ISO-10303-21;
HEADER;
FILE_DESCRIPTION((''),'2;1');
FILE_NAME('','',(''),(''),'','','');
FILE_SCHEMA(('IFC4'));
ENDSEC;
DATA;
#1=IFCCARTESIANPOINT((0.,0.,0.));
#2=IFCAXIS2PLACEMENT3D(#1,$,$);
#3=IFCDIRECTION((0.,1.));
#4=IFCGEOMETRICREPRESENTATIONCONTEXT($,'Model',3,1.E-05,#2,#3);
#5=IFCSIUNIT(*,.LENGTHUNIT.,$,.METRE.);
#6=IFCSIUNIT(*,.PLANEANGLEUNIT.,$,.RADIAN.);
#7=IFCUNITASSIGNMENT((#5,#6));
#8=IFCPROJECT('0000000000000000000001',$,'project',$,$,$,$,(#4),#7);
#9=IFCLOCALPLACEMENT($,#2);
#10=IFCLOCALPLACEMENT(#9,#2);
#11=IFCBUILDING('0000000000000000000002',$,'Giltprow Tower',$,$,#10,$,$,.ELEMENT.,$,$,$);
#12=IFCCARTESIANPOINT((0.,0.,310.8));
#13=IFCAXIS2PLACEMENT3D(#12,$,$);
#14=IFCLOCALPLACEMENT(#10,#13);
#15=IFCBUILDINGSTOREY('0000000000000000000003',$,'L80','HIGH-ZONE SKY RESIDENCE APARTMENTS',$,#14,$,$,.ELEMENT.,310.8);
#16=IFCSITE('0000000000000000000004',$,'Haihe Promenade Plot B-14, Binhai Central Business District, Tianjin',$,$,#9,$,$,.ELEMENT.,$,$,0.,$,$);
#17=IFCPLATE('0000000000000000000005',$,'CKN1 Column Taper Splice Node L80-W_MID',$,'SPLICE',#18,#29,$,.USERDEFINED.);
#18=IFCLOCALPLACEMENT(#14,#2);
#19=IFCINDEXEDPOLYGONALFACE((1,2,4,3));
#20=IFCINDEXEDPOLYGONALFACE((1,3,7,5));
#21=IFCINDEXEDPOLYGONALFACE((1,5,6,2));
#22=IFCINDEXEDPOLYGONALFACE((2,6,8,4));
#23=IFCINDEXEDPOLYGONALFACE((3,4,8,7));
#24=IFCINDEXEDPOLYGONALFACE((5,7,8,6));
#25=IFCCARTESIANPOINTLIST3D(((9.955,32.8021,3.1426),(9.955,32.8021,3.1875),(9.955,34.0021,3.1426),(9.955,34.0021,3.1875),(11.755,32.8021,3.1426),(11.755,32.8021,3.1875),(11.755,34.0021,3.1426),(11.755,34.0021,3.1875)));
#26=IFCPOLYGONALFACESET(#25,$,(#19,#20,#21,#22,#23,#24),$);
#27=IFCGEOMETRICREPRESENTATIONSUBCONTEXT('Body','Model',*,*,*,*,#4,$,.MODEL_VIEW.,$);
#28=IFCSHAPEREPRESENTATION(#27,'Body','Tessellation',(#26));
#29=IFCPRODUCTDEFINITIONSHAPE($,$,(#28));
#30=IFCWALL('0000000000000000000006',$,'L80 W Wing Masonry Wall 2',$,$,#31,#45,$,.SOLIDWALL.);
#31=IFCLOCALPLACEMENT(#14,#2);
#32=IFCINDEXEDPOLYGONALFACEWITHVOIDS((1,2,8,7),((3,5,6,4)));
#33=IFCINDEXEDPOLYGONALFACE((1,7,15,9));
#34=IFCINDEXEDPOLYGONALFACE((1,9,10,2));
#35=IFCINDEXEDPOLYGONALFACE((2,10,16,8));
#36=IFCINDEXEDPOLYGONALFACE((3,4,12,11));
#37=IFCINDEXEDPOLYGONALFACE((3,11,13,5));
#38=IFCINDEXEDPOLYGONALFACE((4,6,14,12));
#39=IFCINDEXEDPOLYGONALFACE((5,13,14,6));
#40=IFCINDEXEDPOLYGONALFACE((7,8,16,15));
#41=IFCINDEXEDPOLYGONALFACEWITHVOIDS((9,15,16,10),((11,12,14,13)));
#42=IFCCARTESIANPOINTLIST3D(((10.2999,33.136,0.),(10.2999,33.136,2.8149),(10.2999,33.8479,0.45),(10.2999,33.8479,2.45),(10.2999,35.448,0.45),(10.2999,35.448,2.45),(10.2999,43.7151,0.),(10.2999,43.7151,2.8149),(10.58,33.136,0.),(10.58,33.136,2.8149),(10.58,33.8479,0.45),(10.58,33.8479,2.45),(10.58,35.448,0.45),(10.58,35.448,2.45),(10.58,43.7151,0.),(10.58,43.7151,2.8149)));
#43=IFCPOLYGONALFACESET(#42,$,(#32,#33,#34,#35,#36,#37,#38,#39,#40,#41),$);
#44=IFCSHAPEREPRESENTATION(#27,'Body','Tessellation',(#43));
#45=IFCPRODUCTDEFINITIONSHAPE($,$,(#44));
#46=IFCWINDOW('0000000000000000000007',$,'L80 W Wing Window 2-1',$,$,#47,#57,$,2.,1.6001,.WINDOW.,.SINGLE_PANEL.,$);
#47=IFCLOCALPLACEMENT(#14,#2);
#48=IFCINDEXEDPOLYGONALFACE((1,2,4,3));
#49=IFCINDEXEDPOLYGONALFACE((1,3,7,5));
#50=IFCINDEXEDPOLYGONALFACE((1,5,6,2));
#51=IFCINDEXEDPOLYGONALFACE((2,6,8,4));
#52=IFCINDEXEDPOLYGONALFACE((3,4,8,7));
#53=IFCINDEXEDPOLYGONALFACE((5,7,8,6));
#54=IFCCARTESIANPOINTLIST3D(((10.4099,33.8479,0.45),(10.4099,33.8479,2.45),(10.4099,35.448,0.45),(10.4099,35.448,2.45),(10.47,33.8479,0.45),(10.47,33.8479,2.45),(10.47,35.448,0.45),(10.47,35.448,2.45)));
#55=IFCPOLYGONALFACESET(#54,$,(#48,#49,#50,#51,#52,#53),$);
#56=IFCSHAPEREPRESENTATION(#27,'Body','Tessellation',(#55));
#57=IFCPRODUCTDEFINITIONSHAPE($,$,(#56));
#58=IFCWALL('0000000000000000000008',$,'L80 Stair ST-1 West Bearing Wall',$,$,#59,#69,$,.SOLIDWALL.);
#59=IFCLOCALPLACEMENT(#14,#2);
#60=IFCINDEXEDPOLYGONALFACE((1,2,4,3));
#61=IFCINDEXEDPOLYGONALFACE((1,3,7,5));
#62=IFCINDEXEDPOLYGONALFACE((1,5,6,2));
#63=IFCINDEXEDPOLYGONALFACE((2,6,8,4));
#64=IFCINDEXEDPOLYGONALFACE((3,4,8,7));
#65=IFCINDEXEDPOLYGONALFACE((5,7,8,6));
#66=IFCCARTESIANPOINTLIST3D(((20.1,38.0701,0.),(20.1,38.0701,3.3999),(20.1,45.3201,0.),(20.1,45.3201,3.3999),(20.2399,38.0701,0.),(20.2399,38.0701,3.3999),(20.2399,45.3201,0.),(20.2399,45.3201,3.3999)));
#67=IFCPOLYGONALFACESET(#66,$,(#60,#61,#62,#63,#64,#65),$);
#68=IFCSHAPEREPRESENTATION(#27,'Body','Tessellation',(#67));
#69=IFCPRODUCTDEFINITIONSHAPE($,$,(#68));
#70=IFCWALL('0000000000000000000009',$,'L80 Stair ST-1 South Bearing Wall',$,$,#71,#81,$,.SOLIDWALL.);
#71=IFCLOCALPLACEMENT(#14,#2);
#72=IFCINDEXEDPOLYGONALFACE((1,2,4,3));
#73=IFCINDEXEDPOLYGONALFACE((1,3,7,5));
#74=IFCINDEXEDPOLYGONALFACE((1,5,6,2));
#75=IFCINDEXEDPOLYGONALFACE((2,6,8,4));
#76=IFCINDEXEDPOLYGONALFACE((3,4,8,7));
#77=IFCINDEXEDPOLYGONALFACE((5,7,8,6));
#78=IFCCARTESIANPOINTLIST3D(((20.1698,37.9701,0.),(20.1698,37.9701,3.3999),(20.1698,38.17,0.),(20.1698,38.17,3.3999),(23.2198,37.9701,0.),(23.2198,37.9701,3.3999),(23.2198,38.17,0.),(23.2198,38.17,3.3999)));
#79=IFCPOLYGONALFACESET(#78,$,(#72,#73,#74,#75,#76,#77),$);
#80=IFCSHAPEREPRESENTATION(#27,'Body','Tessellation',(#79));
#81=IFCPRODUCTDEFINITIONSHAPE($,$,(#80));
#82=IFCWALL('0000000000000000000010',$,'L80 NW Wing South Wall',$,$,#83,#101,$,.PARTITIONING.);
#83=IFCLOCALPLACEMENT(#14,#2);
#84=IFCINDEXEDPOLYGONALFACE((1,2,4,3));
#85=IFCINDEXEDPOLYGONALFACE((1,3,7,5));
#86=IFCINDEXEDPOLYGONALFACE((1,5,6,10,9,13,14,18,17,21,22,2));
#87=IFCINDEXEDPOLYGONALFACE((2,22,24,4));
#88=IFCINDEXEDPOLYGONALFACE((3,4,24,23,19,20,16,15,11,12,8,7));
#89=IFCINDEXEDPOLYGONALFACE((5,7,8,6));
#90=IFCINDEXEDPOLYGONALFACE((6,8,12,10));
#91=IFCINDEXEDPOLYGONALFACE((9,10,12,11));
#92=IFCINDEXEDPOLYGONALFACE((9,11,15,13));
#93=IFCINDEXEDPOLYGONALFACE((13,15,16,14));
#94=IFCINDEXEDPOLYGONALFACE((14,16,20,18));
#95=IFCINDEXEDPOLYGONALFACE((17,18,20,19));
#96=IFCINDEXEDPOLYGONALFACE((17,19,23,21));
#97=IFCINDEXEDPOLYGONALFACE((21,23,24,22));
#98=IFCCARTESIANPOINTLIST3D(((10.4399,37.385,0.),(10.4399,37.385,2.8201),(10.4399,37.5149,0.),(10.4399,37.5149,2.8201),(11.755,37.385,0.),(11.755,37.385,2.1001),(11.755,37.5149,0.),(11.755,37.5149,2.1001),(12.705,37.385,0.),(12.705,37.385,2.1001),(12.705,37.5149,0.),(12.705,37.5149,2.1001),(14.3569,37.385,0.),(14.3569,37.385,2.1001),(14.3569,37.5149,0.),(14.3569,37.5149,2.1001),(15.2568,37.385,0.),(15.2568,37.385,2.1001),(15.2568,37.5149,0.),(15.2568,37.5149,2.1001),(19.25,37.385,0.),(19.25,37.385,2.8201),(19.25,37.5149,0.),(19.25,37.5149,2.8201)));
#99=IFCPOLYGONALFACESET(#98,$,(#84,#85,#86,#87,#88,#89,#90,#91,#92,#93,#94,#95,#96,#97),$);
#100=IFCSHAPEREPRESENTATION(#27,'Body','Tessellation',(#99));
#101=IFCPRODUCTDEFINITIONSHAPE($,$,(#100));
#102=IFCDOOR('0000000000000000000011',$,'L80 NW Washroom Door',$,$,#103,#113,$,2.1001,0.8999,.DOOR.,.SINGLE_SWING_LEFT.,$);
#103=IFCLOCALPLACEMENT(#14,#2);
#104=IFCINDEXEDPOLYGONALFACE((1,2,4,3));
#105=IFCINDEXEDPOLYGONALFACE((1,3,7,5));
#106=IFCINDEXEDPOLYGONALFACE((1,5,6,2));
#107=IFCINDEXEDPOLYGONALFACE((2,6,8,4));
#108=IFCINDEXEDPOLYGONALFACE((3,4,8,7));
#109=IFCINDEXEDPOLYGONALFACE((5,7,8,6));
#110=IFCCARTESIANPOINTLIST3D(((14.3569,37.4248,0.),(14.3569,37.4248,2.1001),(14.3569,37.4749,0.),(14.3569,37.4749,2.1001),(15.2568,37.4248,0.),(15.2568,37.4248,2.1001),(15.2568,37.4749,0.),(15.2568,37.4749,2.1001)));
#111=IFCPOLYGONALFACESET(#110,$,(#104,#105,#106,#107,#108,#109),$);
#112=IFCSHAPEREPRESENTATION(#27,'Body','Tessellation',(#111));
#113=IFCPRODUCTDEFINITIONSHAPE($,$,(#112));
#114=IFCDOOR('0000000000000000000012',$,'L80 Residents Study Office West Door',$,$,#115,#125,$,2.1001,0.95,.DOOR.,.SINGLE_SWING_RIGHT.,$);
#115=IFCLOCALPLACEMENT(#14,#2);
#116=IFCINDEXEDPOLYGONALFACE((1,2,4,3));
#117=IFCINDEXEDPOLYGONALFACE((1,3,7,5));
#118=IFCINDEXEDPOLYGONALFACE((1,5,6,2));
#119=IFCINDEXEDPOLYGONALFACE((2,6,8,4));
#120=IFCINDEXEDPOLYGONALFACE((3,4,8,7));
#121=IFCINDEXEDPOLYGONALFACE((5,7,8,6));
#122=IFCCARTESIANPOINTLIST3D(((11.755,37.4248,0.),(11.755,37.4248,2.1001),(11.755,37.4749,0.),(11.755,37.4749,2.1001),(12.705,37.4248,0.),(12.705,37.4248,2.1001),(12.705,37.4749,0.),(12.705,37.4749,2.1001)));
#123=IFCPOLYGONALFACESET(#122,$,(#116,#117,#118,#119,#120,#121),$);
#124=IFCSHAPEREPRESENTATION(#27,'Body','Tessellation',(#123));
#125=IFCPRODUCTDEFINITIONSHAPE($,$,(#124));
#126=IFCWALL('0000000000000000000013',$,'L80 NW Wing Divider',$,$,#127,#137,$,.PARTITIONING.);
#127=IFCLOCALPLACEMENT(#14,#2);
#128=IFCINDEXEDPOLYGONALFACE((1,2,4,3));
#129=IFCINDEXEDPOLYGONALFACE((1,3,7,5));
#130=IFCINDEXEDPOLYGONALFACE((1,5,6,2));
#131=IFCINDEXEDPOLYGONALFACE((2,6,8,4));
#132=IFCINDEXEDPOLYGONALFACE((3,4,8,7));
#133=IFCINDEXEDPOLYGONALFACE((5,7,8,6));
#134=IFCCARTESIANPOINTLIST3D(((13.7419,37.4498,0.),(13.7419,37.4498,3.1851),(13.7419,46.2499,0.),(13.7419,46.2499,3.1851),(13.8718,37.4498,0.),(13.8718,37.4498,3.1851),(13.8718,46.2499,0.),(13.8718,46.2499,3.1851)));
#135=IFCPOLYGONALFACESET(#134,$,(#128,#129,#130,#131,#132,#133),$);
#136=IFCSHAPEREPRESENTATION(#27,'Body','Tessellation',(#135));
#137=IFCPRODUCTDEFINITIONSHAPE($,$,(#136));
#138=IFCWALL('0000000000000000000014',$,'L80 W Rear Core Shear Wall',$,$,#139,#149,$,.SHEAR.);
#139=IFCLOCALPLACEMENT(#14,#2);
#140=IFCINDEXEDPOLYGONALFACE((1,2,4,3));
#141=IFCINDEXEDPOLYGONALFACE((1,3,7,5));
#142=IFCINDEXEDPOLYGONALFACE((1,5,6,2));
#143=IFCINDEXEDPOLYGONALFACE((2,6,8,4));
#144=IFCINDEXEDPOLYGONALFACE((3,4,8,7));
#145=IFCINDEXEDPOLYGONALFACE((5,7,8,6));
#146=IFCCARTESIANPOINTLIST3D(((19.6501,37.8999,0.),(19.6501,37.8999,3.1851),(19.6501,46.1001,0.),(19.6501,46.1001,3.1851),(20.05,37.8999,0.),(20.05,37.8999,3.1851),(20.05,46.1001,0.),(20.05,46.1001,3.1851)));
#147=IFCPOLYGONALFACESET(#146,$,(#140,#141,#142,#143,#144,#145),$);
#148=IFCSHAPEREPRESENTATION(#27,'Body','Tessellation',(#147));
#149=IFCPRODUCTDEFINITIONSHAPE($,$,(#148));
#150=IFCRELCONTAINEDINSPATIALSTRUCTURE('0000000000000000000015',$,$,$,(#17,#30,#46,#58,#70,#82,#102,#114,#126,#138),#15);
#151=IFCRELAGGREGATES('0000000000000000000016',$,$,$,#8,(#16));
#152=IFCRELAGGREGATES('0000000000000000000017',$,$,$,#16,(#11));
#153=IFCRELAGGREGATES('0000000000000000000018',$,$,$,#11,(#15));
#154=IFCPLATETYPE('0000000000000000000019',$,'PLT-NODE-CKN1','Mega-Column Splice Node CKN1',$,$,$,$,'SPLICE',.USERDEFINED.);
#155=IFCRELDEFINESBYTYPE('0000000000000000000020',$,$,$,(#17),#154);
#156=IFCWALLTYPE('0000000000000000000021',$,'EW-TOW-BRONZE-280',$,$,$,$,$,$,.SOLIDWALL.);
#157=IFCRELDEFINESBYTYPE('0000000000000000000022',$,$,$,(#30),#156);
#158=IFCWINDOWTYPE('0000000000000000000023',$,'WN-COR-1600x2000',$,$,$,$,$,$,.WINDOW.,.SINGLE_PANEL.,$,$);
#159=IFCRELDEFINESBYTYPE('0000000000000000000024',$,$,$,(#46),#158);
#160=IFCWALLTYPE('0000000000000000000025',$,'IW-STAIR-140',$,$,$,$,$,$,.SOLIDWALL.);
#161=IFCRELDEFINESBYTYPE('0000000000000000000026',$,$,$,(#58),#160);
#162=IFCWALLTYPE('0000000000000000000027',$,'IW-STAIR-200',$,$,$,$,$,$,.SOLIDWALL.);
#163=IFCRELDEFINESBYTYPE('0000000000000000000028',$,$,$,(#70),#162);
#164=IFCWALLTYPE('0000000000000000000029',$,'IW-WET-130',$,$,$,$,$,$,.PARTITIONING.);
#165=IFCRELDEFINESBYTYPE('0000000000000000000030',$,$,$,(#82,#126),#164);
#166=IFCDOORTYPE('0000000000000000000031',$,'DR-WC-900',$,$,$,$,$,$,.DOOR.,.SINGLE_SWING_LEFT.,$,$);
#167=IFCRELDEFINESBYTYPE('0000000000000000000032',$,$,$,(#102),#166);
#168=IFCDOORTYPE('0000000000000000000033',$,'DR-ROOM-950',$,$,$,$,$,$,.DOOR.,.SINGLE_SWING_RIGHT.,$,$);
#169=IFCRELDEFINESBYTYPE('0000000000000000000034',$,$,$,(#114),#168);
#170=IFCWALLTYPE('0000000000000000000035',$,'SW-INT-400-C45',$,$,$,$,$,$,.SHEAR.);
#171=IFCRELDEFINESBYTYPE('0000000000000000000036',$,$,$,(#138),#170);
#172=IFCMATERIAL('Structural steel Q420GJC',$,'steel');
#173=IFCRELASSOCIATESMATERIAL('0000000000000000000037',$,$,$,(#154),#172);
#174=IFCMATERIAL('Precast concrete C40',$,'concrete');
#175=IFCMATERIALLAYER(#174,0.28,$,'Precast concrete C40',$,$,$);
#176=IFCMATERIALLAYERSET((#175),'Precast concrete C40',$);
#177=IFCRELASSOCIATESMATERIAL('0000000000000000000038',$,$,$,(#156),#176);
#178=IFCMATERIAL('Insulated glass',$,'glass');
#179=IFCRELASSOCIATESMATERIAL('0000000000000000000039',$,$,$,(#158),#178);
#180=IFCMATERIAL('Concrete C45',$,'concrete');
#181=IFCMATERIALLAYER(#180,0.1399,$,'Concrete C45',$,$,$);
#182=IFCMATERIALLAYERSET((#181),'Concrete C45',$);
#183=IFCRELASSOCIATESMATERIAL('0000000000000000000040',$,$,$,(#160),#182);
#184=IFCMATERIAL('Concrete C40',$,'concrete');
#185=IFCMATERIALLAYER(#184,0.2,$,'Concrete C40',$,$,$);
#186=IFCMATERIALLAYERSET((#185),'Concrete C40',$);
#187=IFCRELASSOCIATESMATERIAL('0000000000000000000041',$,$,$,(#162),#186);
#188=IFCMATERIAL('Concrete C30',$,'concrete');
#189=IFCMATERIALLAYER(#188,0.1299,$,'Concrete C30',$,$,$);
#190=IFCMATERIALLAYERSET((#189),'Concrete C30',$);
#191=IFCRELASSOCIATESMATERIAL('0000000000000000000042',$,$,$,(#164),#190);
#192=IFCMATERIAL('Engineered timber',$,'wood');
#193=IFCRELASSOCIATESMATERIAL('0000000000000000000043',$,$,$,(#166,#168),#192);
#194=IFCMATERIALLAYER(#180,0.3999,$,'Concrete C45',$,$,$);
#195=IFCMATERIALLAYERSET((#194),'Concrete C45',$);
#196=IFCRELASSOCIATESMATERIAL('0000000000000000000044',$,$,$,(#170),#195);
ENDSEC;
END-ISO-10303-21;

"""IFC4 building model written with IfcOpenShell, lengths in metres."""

from ifc_helpers import new_model, si_unit, direction, frame, frame_2d, origin, origin_2d, place, context, subcontext, project, spatial, rectangle, extrude, source, transform, mapped, material, layer, layer_set, type_object, element, fill, save


model = new_model("IFC4")

# Units and contexts
model_context = context("Model", 3, precision=1e-05, world=origin(), true_north=direction((0.0, 1.0)))
body_context = subcontext(model_context, "Body", "Model", "MODEL_VIEW")
ifc_project = project(units=[si_unit("LENGTHUNIT", "METRE"), si_unit("PLANEANGLEUNIT", "RADIAN")], contexts=[model_context])

# Site, building, storey
site_placement = place(None, origin())
site = spatial("IfcSite", under=ifc_project, at=site_placement, Name="Haihe Promenade Plot B-14, Binhai Central Business District, Tianjin", CompositionType="ELEMENT", RefElevation=0.0)
building_placement = place(site_placement, origin())
building = spatial("IfcBuilding", under=site, at=building_placement, Name="Giltprow Tower", CompositionType="ELEMENT")
storey_placement = place(building_placement, frame((0.0, 0.0, 310.8)))
storey = spatial("IfcBuildingStorey", under=building, at=storey_placement, Name="L80", Description="HIGH-ZONE SKY RESIDENCE APARTMENTS", CompositionType="ELEMENT", Elevation=310.8)

# Shared definitions
ifc_material_1 = material(Name="Concrete C45", Category="concrete")
ifc_material_2 = material(Name="Structural steel Q420GJC", Category="steel")

# Plate
plate_type = type_object("IfcPlateType", Name="PLT-NODE-CKN1", Description="Mega-Column Splice Node CKN1", ElementType="SPLICE", PredefinedType="USERDEFINED", material=ifc_material_2)
shared_shape_1 = source(origin(), body_context, "Body", "SweptSolid", [
    extrude(rectangle(XDim=1.8, YDim=1.2, at=origin_2d()), origin(), (0.0, 0.0, 1.0), 0.0449),
])
plate_placement = place(storey_placement, frame((10.855, 33.4021, 3.1426), z_axis=(0.0, 0.0, 1.0), x_axis=(1.0, 0.0, 0.0)))
element("IfcPlate", 1, at=plate_placement, inside=storey, type_object=plate_type, Name="CKN1 Column Taper Splice Node L80-W_MID", ObjectType="SPLICE", PredefinedType="USERDEFINED", context=body_context, shape_type="MappedRepresentation", body=[
    mapped(shared_shape_1, transform((0.0, 0.0, 0.0), x_axis=(1.0, 0.0, 0.0), y_axis=(0.0, 1.0, 0.0), z_axis=(0.0, 0.0, 1.0), scale=1.0)),
])

# Wall, opening, window
ifc_material_3 = material(Name="Precast concrete C40", Category="concrete")
ifc_layer_1 = layer(ifc_material_3, 0.28, Name="Precast concrete C40")
ifc_layer_set_1 = layer_set([ifc_layer_1], Name="Precast concrete C40")
wall_type_1 = type_object("IfcWallType", Name="EW-TOW-BRONZE-280", PredefinedType="SOLIDWALL", material=ifc_layer_set_1)
wall_1_placement = place(storey_placement, frame((10.4399, 33.136, 0.0), z_axis=(0.0, 0.0, 1.0), x_axis=(0.0, 1.0, 0.0)))
wall_1 = element("IfcWall", 2, at=wall_1_placement, inside=storey, type_object=wall_type_1, Name="L80 W Wing Masonry Wall 2", PredefinedType="SOLIDWALL", context=body_context, shape_type="SweptSolid", body=[
    extrude(rectangle(XDim=10.5791, YDim=0.28, at=frame_2d((5.2896, 0.0))), origin(), (0.0, 0.0, 1.0), 2.8149),
])
opening_1_placement = place(wall_1_placement, frame((0.7119, 0.0, 0.45)))
opening_1 = element("IfcOpeningElement", 3, at=opening_1_placement, cuts=wall_1, PredefinedType="OPENING", context=body_context, shape_type="SweptSolid", body=[
    extrude(rectangle(XDim=1.6001, YDim=2.0, at=frame_2d((0.8, 1.0))), frame((0.0, 0.1499, 0.0), z_axis=(0.0, -1.0, 0.0), x_axis=(1.0, 0.0, 0.0)), (0.0, 0.0, 1.0), 0.3),
])
ifc_material_4 = material(Name="Insulated glass", Category="glass")
window_type = type_object("IfcWindowType", Name="WN-COR-1600x2000", PartitioningType="SINGLE_PANEL", PredefinedType="WINDOW", material=ifc_material_4)
shared_shape_2 = source(origin(), body_context, "Body", "SweptSolid", [
    extrude(rectangle(XDim=1.6001, YDim=2.0, at=frame_2d((0.8, 1.0))), frame((0.0, 0.03, 0.0), z_axis=(0.0, -1.0, 0.0), x_axis=(1.0, 0.0, 0.0)), (0.0, 0.0, 1.0), 0.0601),
])
window_placement = place(opening_1_placement, origin())
window = element("IfcWindow", 4, at=window_placement, inside=storey, type_object=window_type, Name="L80 W Wing Window 2-1", OverallHeight=2.0, OverallWidth=1.6001, PartitioningType="SINGLE_PANEL", PredefinedType="WINDOW", context=body_context, shape_type="MappedRepresentation", body=[
    mapped(shared_shape_2, transform((0.0, 0.0, 0.0), x_axis=(1.0, 0.0, 0.0), y_axis=(0.0, 1.0, 0.0), z_axis=(0.0, 0.0, 1.0), scale=1.0)),
])
fill(opening_1, window)

# Walls
ifc_layer_2 = layer(ifc_material_1, 0.1399, Name="Concrete C45")
ifc_layer_set_2 = layer_set([ifc_layer_2], Name="Concrete C45")
wall_type_2 = type_object("IfcWallType", Name="IW-STAIR-140", PredefinedType="SOLIDWALL", material=ifc_layer_set_2)
wall_2_placement = place(storey_placement, frame((20.1699, 38.0701, 0.0), z_axis=(0.0, 0.0, 1.0), x_axis=(0.0, 1.0, 0.0)))
element("IfcWall", 5, at=wall_2_placement, inside=storey, type_object=wall_type_2, Name="L80 Stair ST-1 West Bearing Wall", PredefinedType="SOLIDWALL", context=body_context, shape_type="SweptSolid", body=[
    extrude(rectangle(XDim=7.25, YDim=0.1399, at=frame_2d((3.625, 0.0))), origin(), (0.0, 0.0, 1.0), 3.3999),
])
ifc_material_5 = material(Name="Concrete C40", Category="concrete")
ifc_layer_3 = layer(ifc_material_5, 0.2, Name="Concrete C40")
ifc_layer_set_3 = layer_set([ifc_layer_3], Name="Concrete C40")
wall_type_3 = type_object("IfcWallType", Name="IW-STAIR-200", PredefinedType="SOLIDWALL", material=ifc_layer_set_3)
wall_3_placement = place(storey_placement, frame((20.1699, 38.0701, 0.0), z_axis=(0.0, 0.0, 1.0), x_axis=(1.0, 0.0, 0.0)))
element("IfcWall", 6, at=wall_3_placement, inside=storey, type_object=wall_type_3, Name="L80 Stair ST-1 South Bearing Wall", PredefinedType="SOLIDWALL", context=body_context, shape_type="SweptSolid", body=[
    extrude(rectangle(XDim=3.05, YDim=0.2, at=frame_2d((1.5249, 0.0))), origin(), (0.0, 0.0, 1.0), 3.3999),
])

# Wall, openings, doors
ifc_material_6 = material(Name="Concrete C30", Category="concrete")
ifc_layer_4 = layer(ifc_material_6, 0.1299, Name="Concrete C30")
ifc_layer_set_4 = layer_set([ifc_layer_4], Name="Concrete C30")
wall_type_4 = type_object("IfcWallType", Name="IW-WET-130", PredefinedType="PARTITIONING", material=ifc_layer_set_4)
wall_4_placement = place(storey_placement, frame((10.4399, 37.45, 0.0), z_axis=(0.0, 0.0, 1.0), x_axis=(1.0, 0.0, 0.0)))
wall_4 = element("IfcWall", 7, at=wall_4_placement, inside=storey, type_object=wall_type_4, Name="L80 NW Wing South Wall", PredefinedType="PARTITIONING", context=body_context, shape_type="SweptSolid", body=[
    extrude(rectangle(XDim=8.8101, YDim=0.1299, at=frame_2d((4.405, 0.0))), origin(), (0.0, 0.0, 1.0), 2.8201),
])
opening_2_placement = place(wall_4_placement, frame((1.3149, 0.0, 0.0)))
opening_2 = element("IfcOpeningElement", 8, at=opening_2_placement, cuts=wall_4, PredefinedType="OPENING", context=body_context, shape_type="SweptSolid", body=[
    extrude(rectangle(XDim=0.95, YDim=2.1001, at=frame_2d((0.4751, 1.05))), frame((0.0, 0.075, 0.0), z_axis=(0.0, -1.0, 0.0), x_axis=(1.0, 0.0, 0.0)), (0.0, 0.0, 1.0), 0.1499),
])
opening_3_placement = place(wall_4_placement, frame((3.917, 0.0, 0.0)))
opening_3 = element("IfcOpeningElement", 9, at=opening_3_placement, cuts=wall_4, PredefinedType="OPENING", context=body_context, shape_type="SweptSolid", body=[
    extrude(rectangle(XDim=0.8999, YDim=2.1001, at=frame_2d((0.45, 1.05))), frame((0.0, 0.075, 0.0), z_axis=(0.0, -1.0, 0.0), x_axis=(1.0, 0.0, 0.0)), (0.0, 0.0, 1.0), 0.1499),
])
ifc_material_7 = material(Name="Engineered timber", Category="wood")
door_type_1 = type_object("IfcDoorType", Name="DR-WC-900", OperationType="SINGLE_SWING_LEFT", PredefinedType="DOOR", material=ifc_material_7)
shared_shape_3 = source(origin(), body_context, "Body", "SweptSolid", [
    extrude(rectangle(XDim=0.8999, YDim=2.1001, at=frame_2d((0.45, 1.05))), frame((0.0, 0.0249, 0.0), z_axis=(0.0, -1.0, 0.0), x_axis=(1.0, 0.0, 0.0)), (0.0, 0.0, 1.0), 0.05),
])
door_1_placement = place(opening_3_placement, origin())
door_1 = element("IfcDoor", 10, at=door_1_placement, inside=storey, type_object=door_type_1, Name="L80 NW Washroom Door", OperationType="SINGLE_SWING_LEFT", OverallHeight=2.1001, OverallWidth=0.8999, PredefinedType="DOOR", context=body_context, shape_type="MappedRepresentation", body=[
    mapped(shared_shape_3, transform((0.0, 0.0, 0.0), x_axis=(1.0, 0.0, 0.0), y_axis=(0.0, 1.0, 0.0), z_axis=(0.0, 0.0, 1.0), scale=1.0)),
])
fill(opening_3, door_1)
door_type_2 = type_object("IfcDoorType", Name="DR-ROOM-950", OperationType="SINGLE_SWING_RIGHT", PredefinedType="DOOR", material=ifc_material_7)
shared_shape_4 = source(origin(), body_context, "Body", "SweptSolid", [
    extrude(rectangle(XDim=0.95, YDim=2.1001, at=frame_2d((0.4751, 1.05))), frame((0.0, 0.0249, 0.0), z_axis=(0.0, -1.0, 0.0), x_axis=(1.0, 0.0, 0.0)), (0.0, 0.0, 1.0), 0.05),
])
door_2_placement = place(opening_2_placement, origin())
door_2 = element("IfcDoor", 11, at=door_2_placement, inside=storey, type_object=door_type_2, Name="L80 Residents Study Office West Door", OperationType="SINGLE_SWING_RIGHT", OverallHeight=2.1001, OverallWidth=0.95, PredefinedType="DOOR", context=body_context, shape_type="MappedRepresentation", body=[
    mapped(shared_shape_4, transform((0.0, 0.0, 0.0), x_axis=(1.0, 0.0, 0.0), y_axis=(0.0, 1.0, 0.0), z_axis=(0.0, 0.0, 1.0), scale=1.0)),
])
fill(opening_2, door_2)

# Walls
wall_5_placement = place(storey_placement, frame((13.8069, 37.45, 0.0), z_axis=(0.0, 0.0, 1.0), x_axis=(0.0, 1.0, 0.0)))
element("IfcWall", 12, at=wall_5_placement, inside=storey, type_object=wall_type_4, Name="L80 NW Wing Divider", PredefinedType="PARTITIONING", context=body_context, shape_type="SweptSolid", body=[
    extrude(rectangle(XDim=8.8, YDim=0.1299, at=frame_2d((4.3999, 0.0))), origin(), (0.0, 0.0, 1.0), 3.1851),
])
ifc_layer_5 = layer(ifc_material_1, 0.3999, Name="Concrete C45")
ifc_layer_set_5 = layer_set([ifc_layer_5], Name="Concrete C45")
wall_type_5 = type_object("IfcWallType", Name="SW-INT-400-C45", PredefinedType="SHEAR", material=ifc_layer_set_5)
wall_6_placement = place(storey_placement, frame((19.8501, 37.8999, 0.0), z_axis=(0.0, 0.0, 1.0), x_axis=(0.0, 1.0, 0.0)))
element("IfcWall", 13, at=wall_6_placement, inside=storey, type_object=wall_type_5, Name="L80 W Rear Core Shear Wall", PredefinedType="SHEAR", context=body_context, shape_type="SweptSolid", body=[
    extrude(rectangle(XDim=8.2002, YDim=0.3999, at=frame_2d((4.1001, 0.0))), origin(), (0.0, 0.0, 1.0), 3.1851),
])

save(model, "model.ifc")
